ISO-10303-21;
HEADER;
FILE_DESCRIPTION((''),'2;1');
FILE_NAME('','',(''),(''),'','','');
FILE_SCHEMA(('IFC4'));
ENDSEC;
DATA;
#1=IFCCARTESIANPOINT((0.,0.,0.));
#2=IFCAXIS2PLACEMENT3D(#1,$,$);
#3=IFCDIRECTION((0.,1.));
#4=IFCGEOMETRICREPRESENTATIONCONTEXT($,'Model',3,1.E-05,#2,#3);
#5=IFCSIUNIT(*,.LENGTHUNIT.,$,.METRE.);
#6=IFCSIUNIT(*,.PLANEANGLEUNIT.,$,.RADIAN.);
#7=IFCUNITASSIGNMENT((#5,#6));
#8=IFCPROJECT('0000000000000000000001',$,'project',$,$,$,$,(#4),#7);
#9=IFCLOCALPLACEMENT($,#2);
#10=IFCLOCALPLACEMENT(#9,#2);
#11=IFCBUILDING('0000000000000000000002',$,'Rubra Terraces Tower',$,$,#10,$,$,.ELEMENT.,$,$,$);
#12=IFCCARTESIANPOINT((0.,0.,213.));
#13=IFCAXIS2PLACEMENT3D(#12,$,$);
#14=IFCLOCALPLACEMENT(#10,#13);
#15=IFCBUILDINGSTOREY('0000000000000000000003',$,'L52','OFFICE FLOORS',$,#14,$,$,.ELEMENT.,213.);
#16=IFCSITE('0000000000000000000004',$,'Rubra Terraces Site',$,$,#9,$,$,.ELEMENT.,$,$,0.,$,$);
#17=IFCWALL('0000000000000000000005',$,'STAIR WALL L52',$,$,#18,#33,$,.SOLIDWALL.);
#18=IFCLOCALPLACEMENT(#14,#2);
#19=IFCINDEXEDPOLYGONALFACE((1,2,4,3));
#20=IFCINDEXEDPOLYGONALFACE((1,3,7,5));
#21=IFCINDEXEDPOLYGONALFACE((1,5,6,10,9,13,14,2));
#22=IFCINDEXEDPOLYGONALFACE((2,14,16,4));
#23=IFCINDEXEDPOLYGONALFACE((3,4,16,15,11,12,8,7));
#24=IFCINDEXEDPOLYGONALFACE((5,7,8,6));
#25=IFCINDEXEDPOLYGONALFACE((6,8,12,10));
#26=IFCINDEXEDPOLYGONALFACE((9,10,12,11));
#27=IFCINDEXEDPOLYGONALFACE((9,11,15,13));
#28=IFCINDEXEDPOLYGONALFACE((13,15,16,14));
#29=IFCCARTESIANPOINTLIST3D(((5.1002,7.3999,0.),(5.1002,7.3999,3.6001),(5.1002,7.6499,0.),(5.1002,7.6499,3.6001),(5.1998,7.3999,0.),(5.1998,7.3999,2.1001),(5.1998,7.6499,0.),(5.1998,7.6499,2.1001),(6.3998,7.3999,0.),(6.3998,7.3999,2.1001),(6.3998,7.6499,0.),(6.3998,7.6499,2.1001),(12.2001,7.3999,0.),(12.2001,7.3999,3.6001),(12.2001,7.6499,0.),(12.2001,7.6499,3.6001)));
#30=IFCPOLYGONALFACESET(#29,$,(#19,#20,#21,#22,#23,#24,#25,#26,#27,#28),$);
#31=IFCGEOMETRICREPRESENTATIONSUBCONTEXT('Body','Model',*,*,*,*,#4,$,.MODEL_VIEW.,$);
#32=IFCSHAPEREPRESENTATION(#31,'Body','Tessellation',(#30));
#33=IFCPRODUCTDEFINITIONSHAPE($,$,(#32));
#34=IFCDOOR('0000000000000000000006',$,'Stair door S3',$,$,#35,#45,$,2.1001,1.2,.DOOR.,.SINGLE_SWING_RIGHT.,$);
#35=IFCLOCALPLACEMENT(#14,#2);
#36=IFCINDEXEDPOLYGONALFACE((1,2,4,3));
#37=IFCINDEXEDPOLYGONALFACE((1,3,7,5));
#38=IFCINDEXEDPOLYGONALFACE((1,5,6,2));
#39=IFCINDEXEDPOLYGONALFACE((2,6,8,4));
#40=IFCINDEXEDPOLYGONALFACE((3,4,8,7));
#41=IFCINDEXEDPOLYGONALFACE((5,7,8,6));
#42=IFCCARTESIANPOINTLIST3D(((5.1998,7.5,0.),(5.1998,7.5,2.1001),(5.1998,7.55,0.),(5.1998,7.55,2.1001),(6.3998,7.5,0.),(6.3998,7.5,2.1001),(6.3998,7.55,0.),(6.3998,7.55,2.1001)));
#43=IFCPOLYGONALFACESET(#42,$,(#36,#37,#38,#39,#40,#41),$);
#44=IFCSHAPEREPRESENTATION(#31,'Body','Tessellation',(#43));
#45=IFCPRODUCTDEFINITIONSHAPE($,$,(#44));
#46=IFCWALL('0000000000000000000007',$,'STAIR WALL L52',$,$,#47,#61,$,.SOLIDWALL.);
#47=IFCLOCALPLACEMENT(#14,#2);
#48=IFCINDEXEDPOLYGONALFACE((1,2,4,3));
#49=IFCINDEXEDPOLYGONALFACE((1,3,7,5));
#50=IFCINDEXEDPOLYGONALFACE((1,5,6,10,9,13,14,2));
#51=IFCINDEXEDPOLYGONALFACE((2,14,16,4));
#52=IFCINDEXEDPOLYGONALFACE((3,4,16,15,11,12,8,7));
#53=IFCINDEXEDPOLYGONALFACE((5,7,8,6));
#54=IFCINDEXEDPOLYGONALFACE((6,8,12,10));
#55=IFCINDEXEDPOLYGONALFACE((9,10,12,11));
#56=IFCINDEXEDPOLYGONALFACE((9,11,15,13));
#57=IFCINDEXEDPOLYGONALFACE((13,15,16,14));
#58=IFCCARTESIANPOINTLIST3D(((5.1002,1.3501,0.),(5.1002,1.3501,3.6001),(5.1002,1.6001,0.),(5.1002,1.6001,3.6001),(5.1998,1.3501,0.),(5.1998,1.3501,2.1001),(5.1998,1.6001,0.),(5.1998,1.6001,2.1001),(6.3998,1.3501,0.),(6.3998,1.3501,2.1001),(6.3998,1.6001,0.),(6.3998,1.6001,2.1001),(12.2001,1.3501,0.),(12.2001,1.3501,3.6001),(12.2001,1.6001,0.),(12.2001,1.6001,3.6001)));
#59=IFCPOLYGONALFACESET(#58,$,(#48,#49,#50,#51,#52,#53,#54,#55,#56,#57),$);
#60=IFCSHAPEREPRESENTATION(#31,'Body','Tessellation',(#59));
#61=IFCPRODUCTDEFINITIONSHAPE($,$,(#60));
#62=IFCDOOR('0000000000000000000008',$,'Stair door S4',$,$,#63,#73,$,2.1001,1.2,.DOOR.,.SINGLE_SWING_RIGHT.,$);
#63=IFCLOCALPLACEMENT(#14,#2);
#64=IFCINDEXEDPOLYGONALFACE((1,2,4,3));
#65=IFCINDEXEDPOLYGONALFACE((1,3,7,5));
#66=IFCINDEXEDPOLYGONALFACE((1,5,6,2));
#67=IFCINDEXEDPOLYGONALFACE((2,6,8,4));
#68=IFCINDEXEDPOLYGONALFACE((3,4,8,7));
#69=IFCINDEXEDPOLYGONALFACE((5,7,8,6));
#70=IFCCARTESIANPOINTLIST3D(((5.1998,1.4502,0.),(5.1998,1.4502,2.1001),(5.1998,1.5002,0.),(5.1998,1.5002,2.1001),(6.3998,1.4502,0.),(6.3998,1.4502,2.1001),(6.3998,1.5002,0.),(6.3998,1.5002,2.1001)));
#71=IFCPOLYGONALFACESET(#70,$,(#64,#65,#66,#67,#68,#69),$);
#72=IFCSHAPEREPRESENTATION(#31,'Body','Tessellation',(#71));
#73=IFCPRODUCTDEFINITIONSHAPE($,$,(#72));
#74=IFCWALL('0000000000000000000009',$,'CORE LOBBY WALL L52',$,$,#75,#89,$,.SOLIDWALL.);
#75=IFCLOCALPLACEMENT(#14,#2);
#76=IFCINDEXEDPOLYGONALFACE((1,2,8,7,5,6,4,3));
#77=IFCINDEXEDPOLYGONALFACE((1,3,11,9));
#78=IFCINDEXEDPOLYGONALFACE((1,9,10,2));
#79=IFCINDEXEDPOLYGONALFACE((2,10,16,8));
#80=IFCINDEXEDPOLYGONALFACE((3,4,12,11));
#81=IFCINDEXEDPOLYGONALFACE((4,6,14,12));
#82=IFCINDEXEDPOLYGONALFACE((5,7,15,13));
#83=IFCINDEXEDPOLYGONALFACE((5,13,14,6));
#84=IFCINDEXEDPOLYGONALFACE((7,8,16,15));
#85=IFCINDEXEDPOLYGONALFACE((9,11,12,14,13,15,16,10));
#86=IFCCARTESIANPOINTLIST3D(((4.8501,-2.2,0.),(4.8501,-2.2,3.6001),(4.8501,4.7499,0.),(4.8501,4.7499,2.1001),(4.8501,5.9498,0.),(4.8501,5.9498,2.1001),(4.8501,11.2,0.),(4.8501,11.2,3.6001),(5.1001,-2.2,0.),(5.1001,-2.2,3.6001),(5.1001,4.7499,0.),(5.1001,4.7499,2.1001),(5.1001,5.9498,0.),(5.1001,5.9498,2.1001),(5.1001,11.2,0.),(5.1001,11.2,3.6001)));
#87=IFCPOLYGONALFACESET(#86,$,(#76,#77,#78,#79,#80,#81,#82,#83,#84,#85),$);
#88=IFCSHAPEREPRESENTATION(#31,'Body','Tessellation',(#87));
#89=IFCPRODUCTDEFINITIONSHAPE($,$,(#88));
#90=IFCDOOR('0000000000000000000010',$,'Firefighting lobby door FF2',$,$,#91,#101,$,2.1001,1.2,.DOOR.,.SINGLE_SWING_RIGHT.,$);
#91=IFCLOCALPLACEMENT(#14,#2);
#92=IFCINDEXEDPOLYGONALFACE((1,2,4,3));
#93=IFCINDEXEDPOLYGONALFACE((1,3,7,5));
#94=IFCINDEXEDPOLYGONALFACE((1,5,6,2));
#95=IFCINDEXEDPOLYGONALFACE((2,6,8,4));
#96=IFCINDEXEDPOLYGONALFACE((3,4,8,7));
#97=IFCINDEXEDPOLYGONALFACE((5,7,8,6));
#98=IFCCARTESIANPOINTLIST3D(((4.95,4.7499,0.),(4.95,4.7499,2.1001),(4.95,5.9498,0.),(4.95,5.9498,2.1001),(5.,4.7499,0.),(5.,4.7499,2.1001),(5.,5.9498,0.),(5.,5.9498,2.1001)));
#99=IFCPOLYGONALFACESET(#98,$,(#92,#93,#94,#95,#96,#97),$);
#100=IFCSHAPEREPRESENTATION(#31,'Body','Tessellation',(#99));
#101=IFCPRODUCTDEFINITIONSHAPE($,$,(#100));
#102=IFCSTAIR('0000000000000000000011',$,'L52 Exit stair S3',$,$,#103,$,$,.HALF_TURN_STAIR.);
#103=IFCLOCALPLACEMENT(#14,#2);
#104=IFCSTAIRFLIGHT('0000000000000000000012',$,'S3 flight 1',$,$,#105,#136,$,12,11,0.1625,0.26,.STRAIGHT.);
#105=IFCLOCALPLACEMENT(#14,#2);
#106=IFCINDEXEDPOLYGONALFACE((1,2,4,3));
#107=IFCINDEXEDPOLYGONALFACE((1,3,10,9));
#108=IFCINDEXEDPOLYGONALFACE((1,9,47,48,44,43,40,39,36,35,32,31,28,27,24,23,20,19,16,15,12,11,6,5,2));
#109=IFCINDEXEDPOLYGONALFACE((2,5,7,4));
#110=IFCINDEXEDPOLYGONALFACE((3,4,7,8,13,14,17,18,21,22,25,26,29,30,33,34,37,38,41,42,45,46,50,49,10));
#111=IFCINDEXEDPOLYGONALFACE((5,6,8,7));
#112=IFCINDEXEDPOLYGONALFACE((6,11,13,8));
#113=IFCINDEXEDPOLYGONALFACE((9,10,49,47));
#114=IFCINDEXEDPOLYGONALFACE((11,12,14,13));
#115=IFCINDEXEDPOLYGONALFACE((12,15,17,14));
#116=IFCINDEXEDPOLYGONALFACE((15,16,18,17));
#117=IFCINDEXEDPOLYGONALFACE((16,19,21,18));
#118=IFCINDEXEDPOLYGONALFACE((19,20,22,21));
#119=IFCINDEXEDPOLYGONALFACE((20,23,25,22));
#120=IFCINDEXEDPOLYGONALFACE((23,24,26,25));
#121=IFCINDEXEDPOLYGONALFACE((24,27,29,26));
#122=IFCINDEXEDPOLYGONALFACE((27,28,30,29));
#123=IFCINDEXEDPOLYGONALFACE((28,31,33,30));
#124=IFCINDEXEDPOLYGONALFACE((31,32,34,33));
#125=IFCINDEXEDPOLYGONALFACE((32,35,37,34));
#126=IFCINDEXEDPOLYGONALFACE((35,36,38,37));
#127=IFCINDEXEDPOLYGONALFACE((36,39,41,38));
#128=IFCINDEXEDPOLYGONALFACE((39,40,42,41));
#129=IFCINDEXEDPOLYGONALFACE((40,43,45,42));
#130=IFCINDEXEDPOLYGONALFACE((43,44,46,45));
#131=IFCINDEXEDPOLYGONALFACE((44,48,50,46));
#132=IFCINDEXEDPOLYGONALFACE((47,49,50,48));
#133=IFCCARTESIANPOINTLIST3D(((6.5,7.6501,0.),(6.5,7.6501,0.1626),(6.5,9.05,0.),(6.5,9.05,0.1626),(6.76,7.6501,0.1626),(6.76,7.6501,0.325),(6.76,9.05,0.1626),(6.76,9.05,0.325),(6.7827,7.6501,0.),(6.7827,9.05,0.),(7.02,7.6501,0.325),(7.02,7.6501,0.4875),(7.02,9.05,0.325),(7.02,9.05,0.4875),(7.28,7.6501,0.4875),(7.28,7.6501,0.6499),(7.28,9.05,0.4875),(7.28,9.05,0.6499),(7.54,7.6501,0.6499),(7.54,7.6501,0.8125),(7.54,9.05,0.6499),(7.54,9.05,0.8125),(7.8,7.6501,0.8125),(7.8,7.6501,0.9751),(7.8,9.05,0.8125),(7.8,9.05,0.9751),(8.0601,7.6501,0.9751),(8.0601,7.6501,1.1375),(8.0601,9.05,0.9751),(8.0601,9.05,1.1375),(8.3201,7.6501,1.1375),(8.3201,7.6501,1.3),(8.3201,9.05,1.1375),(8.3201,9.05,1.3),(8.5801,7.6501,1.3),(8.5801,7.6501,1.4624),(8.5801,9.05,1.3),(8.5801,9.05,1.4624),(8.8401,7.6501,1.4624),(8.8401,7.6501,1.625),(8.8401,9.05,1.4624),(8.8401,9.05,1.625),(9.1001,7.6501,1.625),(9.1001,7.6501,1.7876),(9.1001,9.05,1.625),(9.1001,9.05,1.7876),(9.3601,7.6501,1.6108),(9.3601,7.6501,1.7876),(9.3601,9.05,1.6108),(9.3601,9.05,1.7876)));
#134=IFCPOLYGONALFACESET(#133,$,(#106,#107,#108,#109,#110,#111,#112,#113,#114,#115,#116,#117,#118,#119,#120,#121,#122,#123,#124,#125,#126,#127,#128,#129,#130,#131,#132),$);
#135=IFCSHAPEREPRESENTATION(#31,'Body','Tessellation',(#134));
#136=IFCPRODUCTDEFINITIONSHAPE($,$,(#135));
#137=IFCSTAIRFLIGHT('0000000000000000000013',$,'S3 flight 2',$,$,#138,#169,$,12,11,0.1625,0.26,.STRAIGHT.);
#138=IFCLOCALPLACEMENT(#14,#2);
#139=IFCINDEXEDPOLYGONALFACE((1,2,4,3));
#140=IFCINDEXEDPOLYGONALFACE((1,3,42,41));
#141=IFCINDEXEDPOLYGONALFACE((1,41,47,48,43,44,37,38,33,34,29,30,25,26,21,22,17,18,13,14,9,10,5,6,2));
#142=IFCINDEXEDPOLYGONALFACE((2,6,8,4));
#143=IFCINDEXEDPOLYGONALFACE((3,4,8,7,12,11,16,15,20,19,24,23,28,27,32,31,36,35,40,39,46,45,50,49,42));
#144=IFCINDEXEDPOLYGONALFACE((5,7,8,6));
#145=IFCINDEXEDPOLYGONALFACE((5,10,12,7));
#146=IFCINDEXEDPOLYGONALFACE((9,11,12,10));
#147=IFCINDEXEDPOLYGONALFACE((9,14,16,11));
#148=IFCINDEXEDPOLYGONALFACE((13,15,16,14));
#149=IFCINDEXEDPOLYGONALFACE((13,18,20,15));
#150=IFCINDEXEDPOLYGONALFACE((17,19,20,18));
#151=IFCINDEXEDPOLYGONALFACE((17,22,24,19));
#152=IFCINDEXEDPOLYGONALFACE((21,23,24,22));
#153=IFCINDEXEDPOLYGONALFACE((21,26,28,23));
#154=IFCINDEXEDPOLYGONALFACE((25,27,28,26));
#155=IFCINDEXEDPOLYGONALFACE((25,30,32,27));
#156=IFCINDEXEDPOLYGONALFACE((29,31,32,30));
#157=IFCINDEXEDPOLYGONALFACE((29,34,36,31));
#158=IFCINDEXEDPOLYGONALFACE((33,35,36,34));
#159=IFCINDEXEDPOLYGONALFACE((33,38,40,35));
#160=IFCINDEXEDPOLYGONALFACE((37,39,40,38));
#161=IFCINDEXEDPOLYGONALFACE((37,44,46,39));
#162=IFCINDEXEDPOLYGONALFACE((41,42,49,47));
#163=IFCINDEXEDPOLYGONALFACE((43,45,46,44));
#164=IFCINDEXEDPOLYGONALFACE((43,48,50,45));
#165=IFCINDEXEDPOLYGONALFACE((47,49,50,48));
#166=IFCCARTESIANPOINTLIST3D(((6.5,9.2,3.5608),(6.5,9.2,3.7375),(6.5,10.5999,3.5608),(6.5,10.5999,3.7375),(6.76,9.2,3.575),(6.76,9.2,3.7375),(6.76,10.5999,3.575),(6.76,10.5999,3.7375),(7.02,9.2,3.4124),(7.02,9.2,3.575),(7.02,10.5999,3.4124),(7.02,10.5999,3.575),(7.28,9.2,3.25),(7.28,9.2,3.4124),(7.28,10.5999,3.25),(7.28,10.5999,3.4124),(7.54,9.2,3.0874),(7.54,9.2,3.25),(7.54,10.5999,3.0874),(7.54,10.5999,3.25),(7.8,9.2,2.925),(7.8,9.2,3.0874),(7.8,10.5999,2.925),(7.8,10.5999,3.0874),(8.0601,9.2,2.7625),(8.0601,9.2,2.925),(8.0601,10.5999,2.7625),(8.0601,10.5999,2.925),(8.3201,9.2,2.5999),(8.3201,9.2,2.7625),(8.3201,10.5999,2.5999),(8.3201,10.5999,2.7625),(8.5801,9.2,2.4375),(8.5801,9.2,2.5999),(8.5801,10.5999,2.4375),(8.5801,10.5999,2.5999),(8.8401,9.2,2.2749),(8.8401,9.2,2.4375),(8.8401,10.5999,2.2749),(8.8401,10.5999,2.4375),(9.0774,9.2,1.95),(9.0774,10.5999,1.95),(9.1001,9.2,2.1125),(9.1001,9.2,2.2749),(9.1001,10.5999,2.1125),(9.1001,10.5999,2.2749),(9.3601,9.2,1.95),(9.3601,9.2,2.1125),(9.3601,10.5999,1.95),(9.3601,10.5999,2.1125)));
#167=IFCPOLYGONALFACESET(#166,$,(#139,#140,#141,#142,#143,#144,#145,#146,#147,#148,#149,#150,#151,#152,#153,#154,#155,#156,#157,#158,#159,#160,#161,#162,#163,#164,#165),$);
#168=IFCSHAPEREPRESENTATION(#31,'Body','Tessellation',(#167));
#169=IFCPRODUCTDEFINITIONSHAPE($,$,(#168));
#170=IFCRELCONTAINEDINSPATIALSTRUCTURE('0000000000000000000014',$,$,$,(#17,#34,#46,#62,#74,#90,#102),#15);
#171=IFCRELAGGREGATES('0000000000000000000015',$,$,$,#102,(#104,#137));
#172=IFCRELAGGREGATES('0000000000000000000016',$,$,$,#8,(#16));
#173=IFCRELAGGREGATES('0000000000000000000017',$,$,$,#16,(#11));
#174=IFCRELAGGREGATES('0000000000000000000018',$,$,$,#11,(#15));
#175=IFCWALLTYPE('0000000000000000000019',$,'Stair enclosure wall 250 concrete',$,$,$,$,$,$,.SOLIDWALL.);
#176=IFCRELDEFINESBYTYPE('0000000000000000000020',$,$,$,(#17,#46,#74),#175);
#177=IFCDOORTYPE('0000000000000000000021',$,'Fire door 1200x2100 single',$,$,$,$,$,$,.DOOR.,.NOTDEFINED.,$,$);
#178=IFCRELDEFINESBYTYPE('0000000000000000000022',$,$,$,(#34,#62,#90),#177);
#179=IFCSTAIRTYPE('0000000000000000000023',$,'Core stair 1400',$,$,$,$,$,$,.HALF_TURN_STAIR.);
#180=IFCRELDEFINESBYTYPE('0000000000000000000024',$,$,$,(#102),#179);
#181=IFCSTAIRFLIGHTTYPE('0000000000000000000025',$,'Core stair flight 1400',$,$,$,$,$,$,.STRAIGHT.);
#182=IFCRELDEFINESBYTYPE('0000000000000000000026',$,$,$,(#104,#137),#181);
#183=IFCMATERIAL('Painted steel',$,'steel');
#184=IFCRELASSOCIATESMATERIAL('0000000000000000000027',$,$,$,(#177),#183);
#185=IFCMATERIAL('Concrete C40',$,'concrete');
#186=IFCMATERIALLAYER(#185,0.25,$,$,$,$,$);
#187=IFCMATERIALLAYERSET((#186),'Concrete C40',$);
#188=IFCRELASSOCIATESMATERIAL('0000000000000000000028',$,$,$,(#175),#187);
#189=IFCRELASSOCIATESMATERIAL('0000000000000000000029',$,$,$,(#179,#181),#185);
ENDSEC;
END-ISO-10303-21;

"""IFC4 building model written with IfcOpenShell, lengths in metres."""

from ifc_helpers import new_model, si_unit, direction, frame, frame_2d, origin, place, context, subcontext, project, spatial, polyline, rectangle, outline, extrude, material, layer, layer_set, type_object, element, fill, aggregate, save


model = new_model("IFC4")

# Units and contexts
model_context = context("Model", 3, precision=1e-05, world=origin(), true_north=direction((0.0, 1.0)))
body_context = subcontext(model_context, "Body", "Model", "MODEL_VIEW")
ifc_project = project(units=[si_unit("LENGTHUNIT", "METRE"), si_unit("PLANEANGLEUNIT", "RADIAN")], contexts=[model_context])

# Site, building, storey
site_placement = place(None, origin())
site = spatial("IfcSite", under=ifc_project, at=site_placement, Name="Rubra Terraces Site", CompositionType="ELEMENT", RefElevation=0.0)
building_placement = place(site_placement, origin())
building = spatial("IfcBuilding", under=site, at=building_placement, Name="Rubra Terraces Tower", CompositionType="ELEMENT")
storey_placement = place(building_placement, frame((0.0, 0.0, 213.0)))
storey = spatial("IfcBuildingStorey", under=building, at=storey_placement, Name="L52", Description="OFFICE FLOORS", CompositionType="ELEMENT", Elevation=213.0)

# Shared definitions
ifc_material_1 = material(Name="Concrete C40", Category="concrete")

# Shared definitions
ifc_material_2 = material(Name="Painted steel", Category="steel")
door_type_1 = type_object("IfcDoorType", Name="Fire door 1200x2100 single", OperationType="NOTDEFINED", PredefinedType="DOOR", material=ifc_material_2)

# Walls, openings, doors
ifc_layer_1 = layer(ifc_material_1, 0.25)
ifc_layer_set_1 = layer_set([ifc_layer_1], Name="Concrete C40")
wall_type_1 = type_object("IfcWallType", Name="Stair enclosure wall 250 concrete", PredefinedType="SOLIDWALL", material=ifc_layer_set_1)
wall_1_placement = place(storey_placement, frame((12.2, 7.5249, 0.0), z_axis=(0.0, 0.0, 1.0), x_axis=(-1.0, 0.0, 0.0)))
wall_1 = element("IfcWall", 1, at=wall_1_placement, inside=storey, type_object=wall_type_1, Name="STAIR WALL L52", PredefinedType="SOLIDWALL", context=body_context, shape_type="SweptSolid", body=[
    extrude(rectangle(XDim=7.0999, YDim=0.25, at=frame_2d((3.5498, 0.0))), origin(), (0.0, 0.0, 1.0), 3.6001),
])
opening_1_placement = place(wall_1_placement, frame((5.8, 0.0, 0.0)))
opening_1 = element("IfcOpeningElement", 2, at=opening_1_placement, cuts=wall_1, PredefinedType="OPENING", context=body_context, shape_type="SweptSolid", body=[
    extrude(rectangle(XDim=1.2, YDim=2.1001, at=frame_2d((0.6001, 1.05))), frame((0.0, 0.135, 0.0), z_axis=(0.0, -1.0, 0.0), x_axis=(1.0, 0.0, 0.0)), (0.0, 0.0, 1.0), 0.27),
])
door_1_placement = place(opening_1_placement, origin())
door_1 = element("IfcDoor", 3, at=door_1_placement, inside=storey, type_object=door_type_1, Name="Stair door S3", OperationType="SINGLE_SWING_RIGHT", OverallHeight=2.1001, OverallWidth=1.2, PredefinedType="DOOR", context=body_context, shape_type="SweptSolid", body=[
    extrude(rectangle(XDim=1.2, YDim=2.1001, at=frame_2d((0.6001, 1.05))), frame((0.0, 0.0249, 0.0), z_axis=(0.0, -1.0, 0.0), x_axis=(1.0, 0.0, 0.0)), (0.0, 0.0, 1.0), 0.05),
])
fill(opening_1, door_1)
wall_2_placement = place(storey_placement, frame((12.2, 1.4751, 0.0), z_axis=(0.0, 0.0, 1.0), x_axis=(-1.0, 0.0, 0.0)))
wall_2 = element("IfcWall", 4, at=wall_2_placement, inside=storey, type_object=wall_type_1, Name="STAIR WALL L52", PredefinedType="SOLIDWALL", context=body_context, shape_type="SweptSolid", body=[
    extrude(rectangle(XDim=7.0999, YDim=0.25, at=frame_2d((3.5498, 0.0))), origin(), (0.0, 0.0, 1.0), 3.6001),
])
opening_2_placement = place(wall_2_placement, frame((5.8, 0.0, 0.0)))
opening_2 = element("IfcOpeningElement", 5, at=opening_2_placement, cuts=wall_2, PredefinedType="OPENING", context=body_context, shape_type="SweptSolid", body=[
    extrude(rectangle(XDim=1.2, YDim=2.1001, at=frame_2d((0.6001, 1.05))), frame((0.0, 0.135, 0.0), z_axis=(0.0, -1.0, 0.0), x_axis=(1.0, 0.0, 0.0)), (0.0, 0.0, 1.0), 0.27),
])
door_2_placement = place(opening_2_placement, origin())
door_2 = element("IfcDoor", 6, at=door_2_placement, inside=storey, type_object=door_type_1, Name="Stair door S4", OperationType="SINGLE_SWING_RIGHT", OverallHeight=2.1001, OverallWidth=1.2, PredefinedType="DOOR", context=body_context, shape_type="SweptSolid", body=[
    extrude(rectangle(XDim=1.2, YDim=2.1001, at=frame_2d((0.6001, 1.05))), frame((0.0, 0.0249, 0.0), z_axis=(0.0, -1.0, 0.0), x_axis=(1.0, 0.0, 0.0)), (0.0, 0.0, 1.0), 0.05),
])
fill(opening_2, door_2)
wall_3_placement = place(storey_placement, frame((4.9751, 11.2, 0.0), z_axis=(0.0, 0.0, 1.0), x_axis=(0.0, -1.0, 0.0)))
wall_3 = element("IfcWall", 7, at=wall_3_placement, inside=storey, type_object=wall_type_1, Name="CORE LOBBY WALL L52", PredefinedType="SOLIDWALL", context=body_context, shape_type="SweptSolid", body=[
    extrude(rectangle(XDim=13.3999, YDim=0.25, at=frame_2d((6.7, 0.0))), origin(), (0.0, 0.0, 1.0), 3.6001),
])
opening_3_placement = place(wall_3_placement, frame((5.25, 0.0, 0.0)))
opening_3 = element("IfcOpeningElement", 8, at=opening_3_placement, cuts=wall_3, PredefinedType="OPENING", context=body_context, shape_type="SweptSolid", body=[
    extrude(rectangle(XDim=1.2, YDim=2.1001, at=frame_2d((0.6001, 1.05))), frame((0.0, 0.135, 0.0), z_axis=(0.0, -1.0, 0.0), x_axis=(1.0, 0.0, 0.0)), (0.0, 0.0, 1.0), 0.27),
])
door_3_placement = place(opening_3_placement, origin())
door_3 = element("IfcDoor", 9, at=door_3_placement, inside=storey, type_object=door_type_1, Name="Firefighting lobby door FF2", OperationType="SINGLE_SWING_RIGHT", OverallHeight=2.1001, OverallWidth=1.2, PredefinedType="DOOR", context=body_context, shape_type="SweptSolid", body=[
    extrude(rectangle(XDim=1.2, YDim=2.1001, at=frame_2d((0.6001, 1.05))), frame((0.0, 0.0249, 0.0), z_axis=(0.0, -1.0, 0.0), x_axis=(1.0, 0.0, 0.0)), (0.0, 0.0, 1.0), 0.05),
])
fill(opening_3, door_3)

# Stair, stair flights
stair_type = type_object("IfcStairType", Name="Core stair 1400", PredefinedType="HALF_TURN_STAIR", material=ifc_material_1)
stair_1_placement = place(storey_placement, origin())
stair_1 = element("IfcStair", 10, at=stair_1_placement, inside=storey, type_object=stair_type, Name="L52 Exit stair S3", PredefinedType="HALF_TURN_STAIR")
stair_flight_type = type_object("IfcStairFlightType", Name="Core stair flight 1400", PredefinedType="STRAIGHT", material=ifc_material_1)
stair_flight_1_placement = place(storey_placement, frame((6.5, 8.3501, 0.0), z_axis=(0.0, 0.0, 1.0), x_axis=(1.0, 0.0, 0.0)))
stair_flight_1 = element("IfcStairFlight", 11, at=stair_flight_1_placement, type_object=stair_flight_type, Name="S3 flight 1", NumberOfRisers=12, NumberOfTreads=11, PredefinedType="STRAIGHT", RiserHeight=0.1625, TreadLength=0.26, context=body_context, shape_type="SweptSolid", body=[
    extrude(outline(polyline([(0.0, 0.0), (0.0, 0.1626), (0.26, 0.1626), (0.26, 0.325), (0.52, 0.325), (0.52, 0.4875), (0.78, 0.4875), (0.78, 0.6499), (1.04, 0.6499), (1.04, 0.8125), (1.3, 0.8125), (1.3, 0.9751), (1.5601, 0.9751), (1.5601, 1.1375), (1.8201, 1.1375), (1.8201, 1.3), (2.0801, 1.3), (2.0801, 1.4624), (2.3401, 1.4624), (2.3401, 1.625), (2.6001, 1.625), (2.6001, 1.7876), (2.8601, 1.7876), (2.8601, 1.95), (2.8601, 1.6108), (0.2827, 0.0), (0.0, 0.0)])), frame((0.0, 0.7, 0.0), z_axis=(0.0, -1.0, 0.0), x_axis=(1.0, 0.0, 0.0)), (0.0, 0.0, 1.0), 1.3999),
])
stair_flight_2_placement = place(storey_placement, frame((9.3601, 9.8999, 1.95), z_axis=(0.0, 0.0, 1.0), x_axis=(-1.0, 0.0, 0.0)))
stair_flight_2 = element("IfcStairFlight", 12, at=stair_flight_2_placement, type_object=stair_flight_type, Name="S3 flight 2", NumberOfRisers=12, NumberOfTreads=11, PredefinedType="STRAIGHT", RiserHeight=0.1625, TreadLength=0.26, context=body_context, shape_type="SweptSolid", body=[
    extrude(outline(polyline([(0.0, 0.0), (0.0, 0.1626), (0.26, 0.1626), (0.26, 0.325), (0.52, 0.325), (0.52, 0.4875), (0.78, 0.4875), (0.78, 0.6499), (1.04, 0.6499), (1.04, 0.8125), (1.3, 0.8125), (1.3, 0.9751), (1.5601, 0.9751), (1.5601, 1.1375), (1.8201, 1.1375), (1.8201, 1.3), (2.0801, 1.3), (2.0801, 1.4624), (2.3401, 1.4624), (2.3401, 1.625), (2.6001, 1.625), (2.6001, 1.7876), (2.8601, 1.7876), (2.8601, 1.95), (2.8601, 1.6108), (0.2827, 0.0), (0.0, 0.0)])), frame((0.0, 0.7, 0.0), z_axis=(0.0, -1.0, 0.0), x_axis=(1.0, 0.0, 0.0)), (0.0, 0.0, 1.0), 1.3999),
])
aggregate(stair_1, [stair_flight_1, stair_flight_2])

save(model, "model.ifc")
